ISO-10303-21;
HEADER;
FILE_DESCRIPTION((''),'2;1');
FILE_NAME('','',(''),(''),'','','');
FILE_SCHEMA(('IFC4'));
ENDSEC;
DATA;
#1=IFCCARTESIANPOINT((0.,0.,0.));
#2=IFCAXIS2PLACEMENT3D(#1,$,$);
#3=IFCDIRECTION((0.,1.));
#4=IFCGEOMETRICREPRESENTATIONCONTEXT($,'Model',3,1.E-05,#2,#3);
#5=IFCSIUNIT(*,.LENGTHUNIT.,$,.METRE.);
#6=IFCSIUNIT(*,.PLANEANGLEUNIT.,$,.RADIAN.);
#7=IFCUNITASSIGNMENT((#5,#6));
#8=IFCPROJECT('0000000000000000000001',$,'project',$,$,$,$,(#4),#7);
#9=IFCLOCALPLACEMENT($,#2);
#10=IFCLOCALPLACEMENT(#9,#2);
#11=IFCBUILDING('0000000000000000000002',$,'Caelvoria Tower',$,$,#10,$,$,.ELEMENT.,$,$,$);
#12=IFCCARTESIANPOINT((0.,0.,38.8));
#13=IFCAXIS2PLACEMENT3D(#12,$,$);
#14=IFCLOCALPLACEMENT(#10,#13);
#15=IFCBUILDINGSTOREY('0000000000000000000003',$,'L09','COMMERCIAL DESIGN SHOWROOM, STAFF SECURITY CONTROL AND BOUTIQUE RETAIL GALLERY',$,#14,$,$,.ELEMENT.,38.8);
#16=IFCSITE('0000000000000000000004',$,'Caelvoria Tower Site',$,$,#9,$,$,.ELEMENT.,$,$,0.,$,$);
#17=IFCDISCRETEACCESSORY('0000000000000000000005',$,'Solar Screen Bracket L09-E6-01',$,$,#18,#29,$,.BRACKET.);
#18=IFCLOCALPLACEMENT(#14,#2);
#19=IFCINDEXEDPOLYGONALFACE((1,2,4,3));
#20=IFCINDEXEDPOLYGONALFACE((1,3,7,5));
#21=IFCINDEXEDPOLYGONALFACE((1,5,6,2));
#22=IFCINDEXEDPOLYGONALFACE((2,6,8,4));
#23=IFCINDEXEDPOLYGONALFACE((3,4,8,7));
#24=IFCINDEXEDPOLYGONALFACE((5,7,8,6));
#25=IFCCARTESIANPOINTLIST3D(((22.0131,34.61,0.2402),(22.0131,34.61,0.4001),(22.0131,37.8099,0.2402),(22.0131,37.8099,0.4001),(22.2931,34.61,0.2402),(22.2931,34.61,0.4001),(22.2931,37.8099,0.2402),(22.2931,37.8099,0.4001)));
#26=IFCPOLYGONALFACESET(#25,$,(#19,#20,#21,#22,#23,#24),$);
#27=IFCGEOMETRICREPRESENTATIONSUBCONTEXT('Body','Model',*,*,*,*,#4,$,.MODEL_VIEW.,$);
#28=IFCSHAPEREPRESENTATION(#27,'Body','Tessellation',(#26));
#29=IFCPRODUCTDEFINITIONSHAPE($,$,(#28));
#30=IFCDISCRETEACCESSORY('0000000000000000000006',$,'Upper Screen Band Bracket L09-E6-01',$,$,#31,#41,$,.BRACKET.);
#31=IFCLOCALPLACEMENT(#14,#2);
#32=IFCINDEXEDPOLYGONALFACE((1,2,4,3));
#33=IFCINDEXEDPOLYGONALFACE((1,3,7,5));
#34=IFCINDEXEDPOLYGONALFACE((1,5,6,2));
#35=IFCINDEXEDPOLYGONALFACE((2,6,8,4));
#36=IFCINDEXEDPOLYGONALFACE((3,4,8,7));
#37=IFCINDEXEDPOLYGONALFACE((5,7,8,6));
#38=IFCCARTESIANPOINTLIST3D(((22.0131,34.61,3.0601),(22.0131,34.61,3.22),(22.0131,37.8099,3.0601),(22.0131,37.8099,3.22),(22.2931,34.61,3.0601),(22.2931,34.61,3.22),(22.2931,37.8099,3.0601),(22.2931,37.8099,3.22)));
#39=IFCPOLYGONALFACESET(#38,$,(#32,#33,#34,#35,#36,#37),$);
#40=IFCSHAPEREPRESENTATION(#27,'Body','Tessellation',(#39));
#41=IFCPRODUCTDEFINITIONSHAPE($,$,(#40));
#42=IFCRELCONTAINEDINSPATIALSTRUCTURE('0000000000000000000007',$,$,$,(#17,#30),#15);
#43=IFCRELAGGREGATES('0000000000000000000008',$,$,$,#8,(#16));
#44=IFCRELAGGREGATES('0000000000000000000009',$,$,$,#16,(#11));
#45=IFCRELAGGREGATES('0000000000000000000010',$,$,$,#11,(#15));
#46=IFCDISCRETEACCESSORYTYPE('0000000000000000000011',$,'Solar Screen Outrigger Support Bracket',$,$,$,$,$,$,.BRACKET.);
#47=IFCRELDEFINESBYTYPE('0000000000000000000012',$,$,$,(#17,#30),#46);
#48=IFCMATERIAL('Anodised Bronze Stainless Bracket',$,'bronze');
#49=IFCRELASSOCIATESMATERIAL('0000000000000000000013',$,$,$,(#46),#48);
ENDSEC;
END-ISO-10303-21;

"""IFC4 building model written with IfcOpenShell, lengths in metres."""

from ifc_helpers import new_model, si_unit, direction, frame, origin, origin_2d, place, context, subcontext, project, spatial, rectangle, extrude, material, type_object, element, save


model = new_model("IFC4")

# Units and contexts
model_context = context("Model", 3, precision=1e-05, world=origin(), true_north=direction((0.0, 1.0)))
body_context = subcontext(model_context, "Body", "Model", "MODEL_VIEW")
ifc_project = project(units=[si_unit("LENGTHUNIT", "METRE"), si_unit("PLANEANGLEUNIT", "RADIAN")], contexts=[model_context])

# Site, building, storey
site_placement = place(None, origin())
site = spatial("IfcSite", under=ifc_project, at=site_placement, Name="Caelvoria Tower Site", CompositionType="ELEMENT", RefElevation=0.0)
building_placement = place(site_placement, origin())
building = spatial("IfcBuilding", under=site, at=building_placement, Name="Caelvoria Tower", CompositionType="ELEMENT")
storey_placement = place(building_placement, frame((0.0, 0.0, 38.8)))
storey = spatial("IfcBuildingStorey", under=building, at=storey_placement, Name="L09", Description="COMMERCIAL DESIGN SHOWROOM, STAFF SECURITY CONTROL AND BOUTIQUE RETAIL GALLERY", CompositionType="ELEMENT", Elevation=38.8)

# Discrete accessories
ifc_material_1 = material(Name="Anodised Bronze Stainless Bracket", Category="bronze")
discrete_accessory_type = type_object("IfcDiscreteAccessoryType", Name="Solar Screen Outrigger Support Bracket", PredefinedType="BRACKET", material=ifc_material_1)
for number, where, z_axis, x_axis, name in (
    (1, (22.1531, 36.21, 0.2402), (0.0, 0.0, 1.0), (0.0, -1.0, 0.0), "Solar Screen Bracket L09-E6-01"),
    (2, (22.1531, 36.21, 3.0601), (0.0, 0.0, 1.0), (0.0, -1.0, 0.0), "Upper Screen Band Bracket L09-E6-01"),
):
    element("IfcDiscreteAccessory", number, at=place(storey_placement, frame(where, z_axis=z_axis, x_axis=x_axis)), inside=storey, type_object=discrete_accessory_type, Name=name, PredefinedType="BRACKET", context=body_context, shape_type="SweptSolid", body=[
        extrude(rectangle(XDim=3.2, YDim=0.28, at=origin_2d()), origin(), (0.0, 0.0, 1.0), 0.1599),
    ])

save(model, "model.ifc")
